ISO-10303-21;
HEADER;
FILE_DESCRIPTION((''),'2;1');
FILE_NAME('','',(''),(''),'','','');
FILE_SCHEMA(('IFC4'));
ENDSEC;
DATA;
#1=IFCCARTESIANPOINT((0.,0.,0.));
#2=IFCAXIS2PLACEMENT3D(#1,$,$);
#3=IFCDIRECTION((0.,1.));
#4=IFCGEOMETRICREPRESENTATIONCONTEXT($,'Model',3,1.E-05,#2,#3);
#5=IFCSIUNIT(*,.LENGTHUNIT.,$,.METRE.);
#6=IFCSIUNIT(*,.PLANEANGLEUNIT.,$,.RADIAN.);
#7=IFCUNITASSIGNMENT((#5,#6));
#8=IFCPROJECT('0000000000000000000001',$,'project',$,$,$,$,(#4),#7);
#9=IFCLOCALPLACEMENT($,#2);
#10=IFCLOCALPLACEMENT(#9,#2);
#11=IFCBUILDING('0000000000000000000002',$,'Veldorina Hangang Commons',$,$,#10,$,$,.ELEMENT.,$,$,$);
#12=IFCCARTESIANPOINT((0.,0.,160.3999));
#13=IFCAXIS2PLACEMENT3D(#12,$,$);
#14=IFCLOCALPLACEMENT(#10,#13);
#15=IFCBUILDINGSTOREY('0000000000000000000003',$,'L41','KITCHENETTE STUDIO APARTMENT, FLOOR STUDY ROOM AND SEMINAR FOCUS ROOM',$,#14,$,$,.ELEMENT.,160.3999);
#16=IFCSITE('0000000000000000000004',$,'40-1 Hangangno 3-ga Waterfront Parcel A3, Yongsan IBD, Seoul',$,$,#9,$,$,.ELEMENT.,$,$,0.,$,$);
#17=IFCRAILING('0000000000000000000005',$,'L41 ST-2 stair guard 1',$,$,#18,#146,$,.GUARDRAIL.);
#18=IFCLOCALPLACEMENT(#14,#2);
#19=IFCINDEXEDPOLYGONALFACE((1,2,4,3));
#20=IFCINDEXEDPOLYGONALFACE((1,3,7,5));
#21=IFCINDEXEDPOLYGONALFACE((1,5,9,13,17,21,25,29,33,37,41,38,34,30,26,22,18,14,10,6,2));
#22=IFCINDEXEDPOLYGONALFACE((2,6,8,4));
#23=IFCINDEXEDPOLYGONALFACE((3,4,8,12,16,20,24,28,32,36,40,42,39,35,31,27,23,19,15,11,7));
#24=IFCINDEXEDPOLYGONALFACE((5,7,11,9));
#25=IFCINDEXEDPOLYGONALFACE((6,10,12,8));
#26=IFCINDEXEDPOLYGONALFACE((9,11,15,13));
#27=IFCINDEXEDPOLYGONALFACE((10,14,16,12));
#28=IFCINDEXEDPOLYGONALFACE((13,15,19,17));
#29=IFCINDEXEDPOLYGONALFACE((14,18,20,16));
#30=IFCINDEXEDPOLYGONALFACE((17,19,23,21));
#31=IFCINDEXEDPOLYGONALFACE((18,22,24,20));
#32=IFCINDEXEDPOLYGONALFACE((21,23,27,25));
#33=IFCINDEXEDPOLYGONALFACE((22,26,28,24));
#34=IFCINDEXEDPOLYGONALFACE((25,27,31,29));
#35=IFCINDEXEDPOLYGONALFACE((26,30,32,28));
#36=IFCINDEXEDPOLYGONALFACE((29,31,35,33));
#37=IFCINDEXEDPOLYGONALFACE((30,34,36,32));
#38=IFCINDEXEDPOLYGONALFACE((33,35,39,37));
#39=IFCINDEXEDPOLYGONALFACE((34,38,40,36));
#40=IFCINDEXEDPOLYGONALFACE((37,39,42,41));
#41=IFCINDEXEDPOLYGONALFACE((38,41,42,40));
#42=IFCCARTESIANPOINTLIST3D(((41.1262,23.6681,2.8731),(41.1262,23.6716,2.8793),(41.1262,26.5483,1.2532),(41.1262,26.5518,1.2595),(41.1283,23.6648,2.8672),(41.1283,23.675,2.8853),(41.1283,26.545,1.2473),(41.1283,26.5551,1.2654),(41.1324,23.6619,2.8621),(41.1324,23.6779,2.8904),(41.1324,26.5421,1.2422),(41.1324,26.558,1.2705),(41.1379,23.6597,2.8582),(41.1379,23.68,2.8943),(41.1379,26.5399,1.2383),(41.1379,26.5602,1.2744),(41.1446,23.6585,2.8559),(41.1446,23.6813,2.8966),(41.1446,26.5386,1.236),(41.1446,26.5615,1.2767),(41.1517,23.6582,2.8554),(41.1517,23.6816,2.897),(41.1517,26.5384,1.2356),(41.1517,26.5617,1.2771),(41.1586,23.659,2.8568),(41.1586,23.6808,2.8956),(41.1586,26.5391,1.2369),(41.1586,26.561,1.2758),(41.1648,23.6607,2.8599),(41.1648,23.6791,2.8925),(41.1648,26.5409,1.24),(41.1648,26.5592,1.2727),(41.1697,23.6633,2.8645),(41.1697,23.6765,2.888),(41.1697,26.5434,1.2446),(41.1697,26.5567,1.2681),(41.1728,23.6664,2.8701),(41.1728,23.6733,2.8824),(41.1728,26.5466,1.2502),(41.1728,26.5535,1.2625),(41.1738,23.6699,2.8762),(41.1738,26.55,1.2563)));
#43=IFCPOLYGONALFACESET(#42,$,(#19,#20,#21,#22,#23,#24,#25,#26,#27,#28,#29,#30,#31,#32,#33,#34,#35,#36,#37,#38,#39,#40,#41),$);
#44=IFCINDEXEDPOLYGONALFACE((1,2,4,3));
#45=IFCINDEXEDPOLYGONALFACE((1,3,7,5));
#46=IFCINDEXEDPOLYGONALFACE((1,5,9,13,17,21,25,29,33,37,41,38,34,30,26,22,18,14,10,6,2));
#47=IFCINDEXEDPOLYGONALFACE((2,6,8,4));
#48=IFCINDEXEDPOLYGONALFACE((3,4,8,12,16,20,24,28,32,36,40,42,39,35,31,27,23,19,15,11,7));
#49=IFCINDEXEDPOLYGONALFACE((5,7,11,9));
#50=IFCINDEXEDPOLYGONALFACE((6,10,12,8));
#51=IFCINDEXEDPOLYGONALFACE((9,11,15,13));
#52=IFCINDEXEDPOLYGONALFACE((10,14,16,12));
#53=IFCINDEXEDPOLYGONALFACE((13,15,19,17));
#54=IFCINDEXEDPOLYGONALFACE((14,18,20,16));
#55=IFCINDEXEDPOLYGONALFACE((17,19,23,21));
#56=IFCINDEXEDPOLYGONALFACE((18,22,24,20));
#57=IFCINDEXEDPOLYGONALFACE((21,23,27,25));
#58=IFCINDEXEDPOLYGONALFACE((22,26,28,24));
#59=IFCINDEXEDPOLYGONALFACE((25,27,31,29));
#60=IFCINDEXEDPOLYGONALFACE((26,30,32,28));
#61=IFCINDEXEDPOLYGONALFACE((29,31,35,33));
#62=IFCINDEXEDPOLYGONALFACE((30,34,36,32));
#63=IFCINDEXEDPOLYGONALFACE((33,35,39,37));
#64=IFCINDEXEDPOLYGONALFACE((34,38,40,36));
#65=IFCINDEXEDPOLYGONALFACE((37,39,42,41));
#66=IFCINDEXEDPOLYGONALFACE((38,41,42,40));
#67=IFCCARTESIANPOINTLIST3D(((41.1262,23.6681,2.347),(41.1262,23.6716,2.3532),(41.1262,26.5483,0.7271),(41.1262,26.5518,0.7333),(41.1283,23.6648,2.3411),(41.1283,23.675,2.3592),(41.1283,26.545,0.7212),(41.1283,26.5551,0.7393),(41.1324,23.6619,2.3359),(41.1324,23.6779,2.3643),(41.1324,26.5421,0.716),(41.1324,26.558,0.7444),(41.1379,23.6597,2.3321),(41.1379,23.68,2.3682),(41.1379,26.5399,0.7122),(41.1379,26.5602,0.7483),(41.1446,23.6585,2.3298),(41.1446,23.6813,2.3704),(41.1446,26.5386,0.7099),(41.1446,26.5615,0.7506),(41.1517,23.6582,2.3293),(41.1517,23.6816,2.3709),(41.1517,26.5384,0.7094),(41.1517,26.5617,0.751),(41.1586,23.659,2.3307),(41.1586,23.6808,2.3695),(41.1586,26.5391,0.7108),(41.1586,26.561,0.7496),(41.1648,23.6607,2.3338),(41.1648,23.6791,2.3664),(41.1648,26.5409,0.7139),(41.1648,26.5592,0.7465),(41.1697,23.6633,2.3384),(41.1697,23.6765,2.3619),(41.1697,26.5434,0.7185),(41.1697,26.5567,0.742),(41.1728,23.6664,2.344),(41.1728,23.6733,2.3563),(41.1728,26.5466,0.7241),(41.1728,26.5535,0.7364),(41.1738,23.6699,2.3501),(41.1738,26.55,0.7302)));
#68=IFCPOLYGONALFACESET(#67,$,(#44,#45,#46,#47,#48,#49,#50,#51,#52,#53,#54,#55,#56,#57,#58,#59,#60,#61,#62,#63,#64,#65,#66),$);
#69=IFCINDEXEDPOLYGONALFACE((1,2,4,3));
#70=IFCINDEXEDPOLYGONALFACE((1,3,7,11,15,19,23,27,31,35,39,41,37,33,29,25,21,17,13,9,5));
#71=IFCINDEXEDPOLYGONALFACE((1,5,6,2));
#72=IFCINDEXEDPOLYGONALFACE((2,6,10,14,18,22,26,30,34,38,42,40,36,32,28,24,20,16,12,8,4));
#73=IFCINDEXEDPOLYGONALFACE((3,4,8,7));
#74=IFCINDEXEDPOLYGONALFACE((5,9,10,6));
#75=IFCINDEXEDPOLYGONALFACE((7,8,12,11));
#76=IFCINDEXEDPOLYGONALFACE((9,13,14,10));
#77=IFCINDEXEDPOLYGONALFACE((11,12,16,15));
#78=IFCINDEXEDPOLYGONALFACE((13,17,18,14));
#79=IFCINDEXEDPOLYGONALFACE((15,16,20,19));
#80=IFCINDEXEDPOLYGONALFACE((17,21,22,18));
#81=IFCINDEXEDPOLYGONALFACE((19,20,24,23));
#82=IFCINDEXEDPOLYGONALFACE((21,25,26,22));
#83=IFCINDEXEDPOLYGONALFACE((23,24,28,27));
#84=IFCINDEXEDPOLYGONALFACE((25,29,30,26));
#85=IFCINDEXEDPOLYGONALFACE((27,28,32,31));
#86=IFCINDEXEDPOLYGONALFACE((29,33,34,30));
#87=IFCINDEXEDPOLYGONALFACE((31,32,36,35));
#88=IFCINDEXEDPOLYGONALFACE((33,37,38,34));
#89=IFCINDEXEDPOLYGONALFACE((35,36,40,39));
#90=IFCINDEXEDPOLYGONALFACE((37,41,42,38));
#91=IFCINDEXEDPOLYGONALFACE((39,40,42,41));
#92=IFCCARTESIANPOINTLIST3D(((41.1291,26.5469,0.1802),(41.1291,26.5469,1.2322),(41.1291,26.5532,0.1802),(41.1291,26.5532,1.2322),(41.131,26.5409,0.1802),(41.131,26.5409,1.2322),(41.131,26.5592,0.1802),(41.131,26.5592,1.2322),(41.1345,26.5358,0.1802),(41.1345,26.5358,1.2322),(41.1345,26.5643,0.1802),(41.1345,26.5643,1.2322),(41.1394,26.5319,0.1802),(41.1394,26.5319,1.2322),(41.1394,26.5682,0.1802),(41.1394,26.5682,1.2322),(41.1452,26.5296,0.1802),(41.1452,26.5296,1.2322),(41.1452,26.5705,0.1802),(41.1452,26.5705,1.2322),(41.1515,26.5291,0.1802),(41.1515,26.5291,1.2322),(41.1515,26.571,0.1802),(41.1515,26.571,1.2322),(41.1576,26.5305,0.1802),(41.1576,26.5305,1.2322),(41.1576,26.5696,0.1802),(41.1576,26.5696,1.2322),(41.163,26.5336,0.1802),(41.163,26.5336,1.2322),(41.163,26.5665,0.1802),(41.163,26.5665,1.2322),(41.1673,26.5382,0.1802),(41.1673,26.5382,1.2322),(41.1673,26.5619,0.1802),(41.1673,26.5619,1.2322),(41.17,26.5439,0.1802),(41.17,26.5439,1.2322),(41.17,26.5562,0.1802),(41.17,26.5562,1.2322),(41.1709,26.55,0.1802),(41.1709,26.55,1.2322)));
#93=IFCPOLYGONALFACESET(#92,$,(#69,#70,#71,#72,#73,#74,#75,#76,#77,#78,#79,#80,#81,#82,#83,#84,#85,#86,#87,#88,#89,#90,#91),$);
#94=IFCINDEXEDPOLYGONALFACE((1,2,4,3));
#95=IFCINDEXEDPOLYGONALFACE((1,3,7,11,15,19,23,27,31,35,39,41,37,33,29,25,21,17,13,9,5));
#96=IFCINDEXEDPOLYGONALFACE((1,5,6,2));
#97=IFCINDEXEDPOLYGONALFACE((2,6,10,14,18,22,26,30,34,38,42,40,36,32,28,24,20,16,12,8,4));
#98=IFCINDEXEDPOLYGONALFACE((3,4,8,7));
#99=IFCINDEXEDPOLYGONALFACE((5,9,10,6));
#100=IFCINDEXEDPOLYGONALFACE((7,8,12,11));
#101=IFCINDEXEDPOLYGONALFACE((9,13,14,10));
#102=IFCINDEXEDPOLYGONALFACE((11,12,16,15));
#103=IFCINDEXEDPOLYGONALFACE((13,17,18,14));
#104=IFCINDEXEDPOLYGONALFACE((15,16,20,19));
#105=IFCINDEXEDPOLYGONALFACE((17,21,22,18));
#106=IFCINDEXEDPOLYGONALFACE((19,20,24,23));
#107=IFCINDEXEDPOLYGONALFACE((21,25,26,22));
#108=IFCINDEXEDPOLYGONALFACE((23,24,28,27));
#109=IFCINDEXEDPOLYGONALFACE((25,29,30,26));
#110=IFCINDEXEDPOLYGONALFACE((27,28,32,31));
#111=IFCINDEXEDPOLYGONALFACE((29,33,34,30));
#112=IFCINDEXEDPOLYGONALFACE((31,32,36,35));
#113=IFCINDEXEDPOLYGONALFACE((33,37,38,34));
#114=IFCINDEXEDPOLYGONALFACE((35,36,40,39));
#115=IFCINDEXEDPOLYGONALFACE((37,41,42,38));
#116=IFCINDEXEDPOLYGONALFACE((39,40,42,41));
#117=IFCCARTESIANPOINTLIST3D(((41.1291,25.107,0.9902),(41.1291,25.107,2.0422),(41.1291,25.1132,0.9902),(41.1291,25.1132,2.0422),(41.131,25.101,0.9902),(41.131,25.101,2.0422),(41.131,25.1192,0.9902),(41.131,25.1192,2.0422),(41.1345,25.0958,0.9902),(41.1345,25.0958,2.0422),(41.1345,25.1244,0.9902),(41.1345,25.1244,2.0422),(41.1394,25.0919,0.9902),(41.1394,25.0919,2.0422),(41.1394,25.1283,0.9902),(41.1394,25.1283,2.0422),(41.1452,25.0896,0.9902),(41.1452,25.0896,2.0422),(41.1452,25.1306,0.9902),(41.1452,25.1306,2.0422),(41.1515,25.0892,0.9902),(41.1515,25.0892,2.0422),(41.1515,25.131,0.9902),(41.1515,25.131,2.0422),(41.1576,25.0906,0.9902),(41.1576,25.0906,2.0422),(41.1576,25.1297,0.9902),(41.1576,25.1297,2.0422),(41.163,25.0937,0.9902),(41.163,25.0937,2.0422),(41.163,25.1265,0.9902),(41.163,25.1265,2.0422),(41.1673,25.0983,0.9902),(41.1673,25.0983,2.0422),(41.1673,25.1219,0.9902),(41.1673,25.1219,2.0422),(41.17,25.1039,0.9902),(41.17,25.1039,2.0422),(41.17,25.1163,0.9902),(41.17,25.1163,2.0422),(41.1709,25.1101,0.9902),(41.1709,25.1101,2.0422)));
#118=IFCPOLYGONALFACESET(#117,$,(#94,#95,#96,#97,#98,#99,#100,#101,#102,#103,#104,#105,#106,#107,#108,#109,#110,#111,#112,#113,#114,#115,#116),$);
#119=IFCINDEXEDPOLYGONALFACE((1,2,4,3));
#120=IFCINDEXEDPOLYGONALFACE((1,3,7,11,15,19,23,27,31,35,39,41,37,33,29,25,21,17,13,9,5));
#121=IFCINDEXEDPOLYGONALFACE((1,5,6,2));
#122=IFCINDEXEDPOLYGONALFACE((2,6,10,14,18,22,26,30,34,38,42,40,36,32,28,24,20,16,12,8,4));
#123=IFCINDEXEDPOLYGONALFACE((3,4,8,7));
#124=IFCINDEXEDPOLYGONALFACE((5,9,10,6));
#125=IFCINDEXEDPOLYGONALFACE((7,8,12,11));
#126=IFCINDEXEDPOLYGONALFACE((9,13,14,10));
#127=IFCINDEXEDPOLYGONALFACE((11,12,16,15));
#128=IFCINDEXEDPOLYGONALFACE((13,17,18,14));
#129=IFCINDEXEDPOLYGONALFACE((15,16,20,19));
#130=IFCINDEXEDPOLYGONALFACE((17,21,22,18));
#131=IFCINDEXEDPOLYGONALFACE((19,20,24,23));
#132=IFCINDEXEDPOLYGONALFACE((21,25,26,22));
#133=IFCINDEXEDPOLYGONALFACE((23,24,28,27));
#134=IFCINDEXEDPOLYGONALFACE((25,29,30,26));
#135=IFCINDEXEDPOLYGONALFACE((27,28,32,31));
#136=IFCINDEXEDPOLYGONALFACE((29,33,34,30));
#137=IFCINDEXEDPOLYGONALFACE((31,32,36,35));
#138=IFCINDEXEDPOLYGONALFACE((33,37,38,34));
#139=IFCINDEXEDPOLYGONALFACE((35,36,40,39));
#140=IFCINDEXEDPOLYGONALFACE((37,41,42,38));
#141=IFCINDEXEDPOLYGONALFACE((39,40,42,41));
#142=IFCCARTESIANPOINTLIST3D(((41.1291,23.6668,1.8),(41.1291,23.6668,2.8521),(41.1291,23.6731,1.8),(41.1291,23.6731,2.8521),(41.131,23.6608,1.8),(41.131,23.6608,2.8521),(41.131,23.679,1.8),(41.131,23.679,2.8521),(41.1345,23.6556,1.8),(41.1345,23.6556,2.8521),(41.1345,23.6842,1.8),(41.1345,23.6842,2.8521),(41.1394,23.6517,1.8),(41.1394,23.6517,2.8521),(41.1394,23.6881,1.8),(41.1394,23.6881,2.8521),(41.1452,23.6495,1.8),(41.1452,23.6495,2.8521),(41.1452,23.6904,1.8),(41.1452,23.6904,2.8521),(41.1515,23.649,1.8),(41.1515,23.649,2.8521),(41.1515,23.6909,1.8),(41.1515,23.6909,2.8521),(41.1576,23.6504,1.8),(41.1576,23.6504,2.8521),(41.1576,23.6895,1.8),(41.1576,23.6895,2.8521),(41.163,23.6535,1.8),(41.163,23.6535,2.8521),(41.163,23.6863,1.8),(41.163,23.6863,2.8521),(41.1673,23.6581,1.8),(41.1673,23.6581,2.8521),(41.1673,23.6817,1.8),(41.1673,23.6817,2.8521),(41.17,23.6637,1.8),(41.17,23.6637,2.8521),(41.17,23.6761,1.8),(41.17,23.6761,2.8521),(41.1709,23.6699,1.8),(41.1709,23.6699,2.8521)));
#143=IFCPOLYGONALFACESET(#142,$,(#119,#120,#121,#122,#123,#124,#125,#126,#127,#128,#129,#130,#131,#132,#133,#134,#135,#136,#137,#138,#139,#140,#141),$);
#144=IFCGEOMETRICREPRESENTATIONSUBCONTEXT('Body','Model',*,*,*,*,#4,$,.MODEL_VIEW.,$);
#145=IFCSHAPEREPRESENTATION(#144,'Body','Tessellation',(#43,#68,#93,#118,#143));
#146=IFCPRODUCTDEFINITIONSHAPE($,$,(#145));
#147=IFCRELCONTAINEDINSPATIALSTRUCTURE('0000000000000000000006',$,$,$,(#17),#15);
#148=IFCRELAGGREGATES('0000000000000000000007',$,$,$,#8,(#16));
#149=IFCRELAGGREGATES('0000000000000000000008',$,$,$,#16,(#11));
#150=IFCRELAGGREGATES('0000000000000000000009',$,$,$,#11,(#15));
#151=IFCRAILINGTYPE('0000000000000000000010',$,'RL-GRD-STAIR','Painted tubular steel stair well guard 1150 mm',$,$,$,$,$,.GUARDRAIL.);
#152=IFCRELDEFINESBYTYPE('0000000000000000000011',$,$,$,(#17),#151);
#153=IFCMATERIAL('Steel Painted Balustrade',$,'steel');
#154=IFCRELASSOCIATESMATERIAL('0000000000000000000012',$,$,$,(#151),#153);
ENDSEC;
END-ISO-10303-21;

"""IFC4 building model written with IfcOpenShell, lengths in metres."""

from ifc_helpers import new_model, si_unit, direction, frame, origin, origin_2d, place, context, subcontext, project, spatial, circle, extrude, material, type_object, element, save


model = new_model("IFC4")

# Units and contexts
model_context = context("Model", 3, precision=1e-05, world=origin(), true_north=direction((0.0, 1.0)))
body_context = subcontext(model_context, "Body", "Model", "MODEL_VIEW")
ifc_project = project(units=[si_unit("LENGTHUNIT", "METRE"), si_unit("PLANEANGLEUNIT", "RADIAN")], contexts=[model_context])

# Site, building, storey
site_placement = place(None, origin())
site = spatial("IfcSite", under=ifc_project, at=site_placement, Name="40-1 Hangangno 3-ga Waterfront Parcel A3, Yongsan IBD, Seoul", CompositionType="ELEMENT", RefElevation=0.0)
building_placement = place(site_placement, origin())
building = spatial("IfcBuilding", under=site, at=building_placement, Name="Veldorina Hangang Commons", CompositionType="ELEMENT")
storey_placement = place(building_placement, frame((0.0, 0.0, 160.3999)))
storey = spatial("IfcBuildingStorey", under=building, at=storey_placement, Name="L41", Description="KITCHENETTE STUDIO APARTMENT, FLOOR STUDY ROOM AND SEMINAR FOCUS ROOM", CompositionType="ELEMENT", Elevation=160.3999)

# Railing
ifc_material_1 = material(Name="Steel Painted Balustrade", Category="steel")
railing_type_1 = type_object("IfcRailingType", Name="RL-GRD-STAIR", Description="Painted tubular steel stair well guard 1150 mm", PredefinedType="GUARDRAIL", material=ifc_material_1)
railing_1_placement = place(storey_placement, frame((41.1499, 26.55, 0.1802)))
element("IfcRailing", 1, at=railing_1_placement, inside=storey, type_object=railing_type_1, Name="L41 ST-2 stair guard 1", PredefinedType="GUARDRAIL", context=body_context, shape_type="SweptSolid", body=[
    extrude(circle(Radius=0.0239, at=origin_2d()), frame((0.0, 0.0, 1.0762), z_axis=(0.0, -0.871601, 0.490216), x_axis=(1.0, 0.0, 0.0)), (0.0, 0.0, 1.0), 3.3044),
    extrude(circle(Radius=0.0239, at=origin_2d()), frame((0.0, 0.0, 0.55), z_axis=(0.0, -0.871601, 0.490216), x_axis=(1.0, 0.0, 0.0)), (0.0, 0.0, 1.0), 3.3044),
    extrude(circle(Radius=0.021, at=origin_2d()), origin(), (0.0, 0.0, 1.0), 1.052),
    extrude(circle(Radius=0.021, at=origin_2d()), frame((0.0, -1.4399, 0.8101)), (0.0, 0.0, 1.0), 1.052),
    extrude(circle(Radius=0.021, at=origin_2d()), frame((0.0, -2.8801, 1.6199)), (0.0, 0.0, 1.0), 1.052),
])

save(model, "model.ifc")
